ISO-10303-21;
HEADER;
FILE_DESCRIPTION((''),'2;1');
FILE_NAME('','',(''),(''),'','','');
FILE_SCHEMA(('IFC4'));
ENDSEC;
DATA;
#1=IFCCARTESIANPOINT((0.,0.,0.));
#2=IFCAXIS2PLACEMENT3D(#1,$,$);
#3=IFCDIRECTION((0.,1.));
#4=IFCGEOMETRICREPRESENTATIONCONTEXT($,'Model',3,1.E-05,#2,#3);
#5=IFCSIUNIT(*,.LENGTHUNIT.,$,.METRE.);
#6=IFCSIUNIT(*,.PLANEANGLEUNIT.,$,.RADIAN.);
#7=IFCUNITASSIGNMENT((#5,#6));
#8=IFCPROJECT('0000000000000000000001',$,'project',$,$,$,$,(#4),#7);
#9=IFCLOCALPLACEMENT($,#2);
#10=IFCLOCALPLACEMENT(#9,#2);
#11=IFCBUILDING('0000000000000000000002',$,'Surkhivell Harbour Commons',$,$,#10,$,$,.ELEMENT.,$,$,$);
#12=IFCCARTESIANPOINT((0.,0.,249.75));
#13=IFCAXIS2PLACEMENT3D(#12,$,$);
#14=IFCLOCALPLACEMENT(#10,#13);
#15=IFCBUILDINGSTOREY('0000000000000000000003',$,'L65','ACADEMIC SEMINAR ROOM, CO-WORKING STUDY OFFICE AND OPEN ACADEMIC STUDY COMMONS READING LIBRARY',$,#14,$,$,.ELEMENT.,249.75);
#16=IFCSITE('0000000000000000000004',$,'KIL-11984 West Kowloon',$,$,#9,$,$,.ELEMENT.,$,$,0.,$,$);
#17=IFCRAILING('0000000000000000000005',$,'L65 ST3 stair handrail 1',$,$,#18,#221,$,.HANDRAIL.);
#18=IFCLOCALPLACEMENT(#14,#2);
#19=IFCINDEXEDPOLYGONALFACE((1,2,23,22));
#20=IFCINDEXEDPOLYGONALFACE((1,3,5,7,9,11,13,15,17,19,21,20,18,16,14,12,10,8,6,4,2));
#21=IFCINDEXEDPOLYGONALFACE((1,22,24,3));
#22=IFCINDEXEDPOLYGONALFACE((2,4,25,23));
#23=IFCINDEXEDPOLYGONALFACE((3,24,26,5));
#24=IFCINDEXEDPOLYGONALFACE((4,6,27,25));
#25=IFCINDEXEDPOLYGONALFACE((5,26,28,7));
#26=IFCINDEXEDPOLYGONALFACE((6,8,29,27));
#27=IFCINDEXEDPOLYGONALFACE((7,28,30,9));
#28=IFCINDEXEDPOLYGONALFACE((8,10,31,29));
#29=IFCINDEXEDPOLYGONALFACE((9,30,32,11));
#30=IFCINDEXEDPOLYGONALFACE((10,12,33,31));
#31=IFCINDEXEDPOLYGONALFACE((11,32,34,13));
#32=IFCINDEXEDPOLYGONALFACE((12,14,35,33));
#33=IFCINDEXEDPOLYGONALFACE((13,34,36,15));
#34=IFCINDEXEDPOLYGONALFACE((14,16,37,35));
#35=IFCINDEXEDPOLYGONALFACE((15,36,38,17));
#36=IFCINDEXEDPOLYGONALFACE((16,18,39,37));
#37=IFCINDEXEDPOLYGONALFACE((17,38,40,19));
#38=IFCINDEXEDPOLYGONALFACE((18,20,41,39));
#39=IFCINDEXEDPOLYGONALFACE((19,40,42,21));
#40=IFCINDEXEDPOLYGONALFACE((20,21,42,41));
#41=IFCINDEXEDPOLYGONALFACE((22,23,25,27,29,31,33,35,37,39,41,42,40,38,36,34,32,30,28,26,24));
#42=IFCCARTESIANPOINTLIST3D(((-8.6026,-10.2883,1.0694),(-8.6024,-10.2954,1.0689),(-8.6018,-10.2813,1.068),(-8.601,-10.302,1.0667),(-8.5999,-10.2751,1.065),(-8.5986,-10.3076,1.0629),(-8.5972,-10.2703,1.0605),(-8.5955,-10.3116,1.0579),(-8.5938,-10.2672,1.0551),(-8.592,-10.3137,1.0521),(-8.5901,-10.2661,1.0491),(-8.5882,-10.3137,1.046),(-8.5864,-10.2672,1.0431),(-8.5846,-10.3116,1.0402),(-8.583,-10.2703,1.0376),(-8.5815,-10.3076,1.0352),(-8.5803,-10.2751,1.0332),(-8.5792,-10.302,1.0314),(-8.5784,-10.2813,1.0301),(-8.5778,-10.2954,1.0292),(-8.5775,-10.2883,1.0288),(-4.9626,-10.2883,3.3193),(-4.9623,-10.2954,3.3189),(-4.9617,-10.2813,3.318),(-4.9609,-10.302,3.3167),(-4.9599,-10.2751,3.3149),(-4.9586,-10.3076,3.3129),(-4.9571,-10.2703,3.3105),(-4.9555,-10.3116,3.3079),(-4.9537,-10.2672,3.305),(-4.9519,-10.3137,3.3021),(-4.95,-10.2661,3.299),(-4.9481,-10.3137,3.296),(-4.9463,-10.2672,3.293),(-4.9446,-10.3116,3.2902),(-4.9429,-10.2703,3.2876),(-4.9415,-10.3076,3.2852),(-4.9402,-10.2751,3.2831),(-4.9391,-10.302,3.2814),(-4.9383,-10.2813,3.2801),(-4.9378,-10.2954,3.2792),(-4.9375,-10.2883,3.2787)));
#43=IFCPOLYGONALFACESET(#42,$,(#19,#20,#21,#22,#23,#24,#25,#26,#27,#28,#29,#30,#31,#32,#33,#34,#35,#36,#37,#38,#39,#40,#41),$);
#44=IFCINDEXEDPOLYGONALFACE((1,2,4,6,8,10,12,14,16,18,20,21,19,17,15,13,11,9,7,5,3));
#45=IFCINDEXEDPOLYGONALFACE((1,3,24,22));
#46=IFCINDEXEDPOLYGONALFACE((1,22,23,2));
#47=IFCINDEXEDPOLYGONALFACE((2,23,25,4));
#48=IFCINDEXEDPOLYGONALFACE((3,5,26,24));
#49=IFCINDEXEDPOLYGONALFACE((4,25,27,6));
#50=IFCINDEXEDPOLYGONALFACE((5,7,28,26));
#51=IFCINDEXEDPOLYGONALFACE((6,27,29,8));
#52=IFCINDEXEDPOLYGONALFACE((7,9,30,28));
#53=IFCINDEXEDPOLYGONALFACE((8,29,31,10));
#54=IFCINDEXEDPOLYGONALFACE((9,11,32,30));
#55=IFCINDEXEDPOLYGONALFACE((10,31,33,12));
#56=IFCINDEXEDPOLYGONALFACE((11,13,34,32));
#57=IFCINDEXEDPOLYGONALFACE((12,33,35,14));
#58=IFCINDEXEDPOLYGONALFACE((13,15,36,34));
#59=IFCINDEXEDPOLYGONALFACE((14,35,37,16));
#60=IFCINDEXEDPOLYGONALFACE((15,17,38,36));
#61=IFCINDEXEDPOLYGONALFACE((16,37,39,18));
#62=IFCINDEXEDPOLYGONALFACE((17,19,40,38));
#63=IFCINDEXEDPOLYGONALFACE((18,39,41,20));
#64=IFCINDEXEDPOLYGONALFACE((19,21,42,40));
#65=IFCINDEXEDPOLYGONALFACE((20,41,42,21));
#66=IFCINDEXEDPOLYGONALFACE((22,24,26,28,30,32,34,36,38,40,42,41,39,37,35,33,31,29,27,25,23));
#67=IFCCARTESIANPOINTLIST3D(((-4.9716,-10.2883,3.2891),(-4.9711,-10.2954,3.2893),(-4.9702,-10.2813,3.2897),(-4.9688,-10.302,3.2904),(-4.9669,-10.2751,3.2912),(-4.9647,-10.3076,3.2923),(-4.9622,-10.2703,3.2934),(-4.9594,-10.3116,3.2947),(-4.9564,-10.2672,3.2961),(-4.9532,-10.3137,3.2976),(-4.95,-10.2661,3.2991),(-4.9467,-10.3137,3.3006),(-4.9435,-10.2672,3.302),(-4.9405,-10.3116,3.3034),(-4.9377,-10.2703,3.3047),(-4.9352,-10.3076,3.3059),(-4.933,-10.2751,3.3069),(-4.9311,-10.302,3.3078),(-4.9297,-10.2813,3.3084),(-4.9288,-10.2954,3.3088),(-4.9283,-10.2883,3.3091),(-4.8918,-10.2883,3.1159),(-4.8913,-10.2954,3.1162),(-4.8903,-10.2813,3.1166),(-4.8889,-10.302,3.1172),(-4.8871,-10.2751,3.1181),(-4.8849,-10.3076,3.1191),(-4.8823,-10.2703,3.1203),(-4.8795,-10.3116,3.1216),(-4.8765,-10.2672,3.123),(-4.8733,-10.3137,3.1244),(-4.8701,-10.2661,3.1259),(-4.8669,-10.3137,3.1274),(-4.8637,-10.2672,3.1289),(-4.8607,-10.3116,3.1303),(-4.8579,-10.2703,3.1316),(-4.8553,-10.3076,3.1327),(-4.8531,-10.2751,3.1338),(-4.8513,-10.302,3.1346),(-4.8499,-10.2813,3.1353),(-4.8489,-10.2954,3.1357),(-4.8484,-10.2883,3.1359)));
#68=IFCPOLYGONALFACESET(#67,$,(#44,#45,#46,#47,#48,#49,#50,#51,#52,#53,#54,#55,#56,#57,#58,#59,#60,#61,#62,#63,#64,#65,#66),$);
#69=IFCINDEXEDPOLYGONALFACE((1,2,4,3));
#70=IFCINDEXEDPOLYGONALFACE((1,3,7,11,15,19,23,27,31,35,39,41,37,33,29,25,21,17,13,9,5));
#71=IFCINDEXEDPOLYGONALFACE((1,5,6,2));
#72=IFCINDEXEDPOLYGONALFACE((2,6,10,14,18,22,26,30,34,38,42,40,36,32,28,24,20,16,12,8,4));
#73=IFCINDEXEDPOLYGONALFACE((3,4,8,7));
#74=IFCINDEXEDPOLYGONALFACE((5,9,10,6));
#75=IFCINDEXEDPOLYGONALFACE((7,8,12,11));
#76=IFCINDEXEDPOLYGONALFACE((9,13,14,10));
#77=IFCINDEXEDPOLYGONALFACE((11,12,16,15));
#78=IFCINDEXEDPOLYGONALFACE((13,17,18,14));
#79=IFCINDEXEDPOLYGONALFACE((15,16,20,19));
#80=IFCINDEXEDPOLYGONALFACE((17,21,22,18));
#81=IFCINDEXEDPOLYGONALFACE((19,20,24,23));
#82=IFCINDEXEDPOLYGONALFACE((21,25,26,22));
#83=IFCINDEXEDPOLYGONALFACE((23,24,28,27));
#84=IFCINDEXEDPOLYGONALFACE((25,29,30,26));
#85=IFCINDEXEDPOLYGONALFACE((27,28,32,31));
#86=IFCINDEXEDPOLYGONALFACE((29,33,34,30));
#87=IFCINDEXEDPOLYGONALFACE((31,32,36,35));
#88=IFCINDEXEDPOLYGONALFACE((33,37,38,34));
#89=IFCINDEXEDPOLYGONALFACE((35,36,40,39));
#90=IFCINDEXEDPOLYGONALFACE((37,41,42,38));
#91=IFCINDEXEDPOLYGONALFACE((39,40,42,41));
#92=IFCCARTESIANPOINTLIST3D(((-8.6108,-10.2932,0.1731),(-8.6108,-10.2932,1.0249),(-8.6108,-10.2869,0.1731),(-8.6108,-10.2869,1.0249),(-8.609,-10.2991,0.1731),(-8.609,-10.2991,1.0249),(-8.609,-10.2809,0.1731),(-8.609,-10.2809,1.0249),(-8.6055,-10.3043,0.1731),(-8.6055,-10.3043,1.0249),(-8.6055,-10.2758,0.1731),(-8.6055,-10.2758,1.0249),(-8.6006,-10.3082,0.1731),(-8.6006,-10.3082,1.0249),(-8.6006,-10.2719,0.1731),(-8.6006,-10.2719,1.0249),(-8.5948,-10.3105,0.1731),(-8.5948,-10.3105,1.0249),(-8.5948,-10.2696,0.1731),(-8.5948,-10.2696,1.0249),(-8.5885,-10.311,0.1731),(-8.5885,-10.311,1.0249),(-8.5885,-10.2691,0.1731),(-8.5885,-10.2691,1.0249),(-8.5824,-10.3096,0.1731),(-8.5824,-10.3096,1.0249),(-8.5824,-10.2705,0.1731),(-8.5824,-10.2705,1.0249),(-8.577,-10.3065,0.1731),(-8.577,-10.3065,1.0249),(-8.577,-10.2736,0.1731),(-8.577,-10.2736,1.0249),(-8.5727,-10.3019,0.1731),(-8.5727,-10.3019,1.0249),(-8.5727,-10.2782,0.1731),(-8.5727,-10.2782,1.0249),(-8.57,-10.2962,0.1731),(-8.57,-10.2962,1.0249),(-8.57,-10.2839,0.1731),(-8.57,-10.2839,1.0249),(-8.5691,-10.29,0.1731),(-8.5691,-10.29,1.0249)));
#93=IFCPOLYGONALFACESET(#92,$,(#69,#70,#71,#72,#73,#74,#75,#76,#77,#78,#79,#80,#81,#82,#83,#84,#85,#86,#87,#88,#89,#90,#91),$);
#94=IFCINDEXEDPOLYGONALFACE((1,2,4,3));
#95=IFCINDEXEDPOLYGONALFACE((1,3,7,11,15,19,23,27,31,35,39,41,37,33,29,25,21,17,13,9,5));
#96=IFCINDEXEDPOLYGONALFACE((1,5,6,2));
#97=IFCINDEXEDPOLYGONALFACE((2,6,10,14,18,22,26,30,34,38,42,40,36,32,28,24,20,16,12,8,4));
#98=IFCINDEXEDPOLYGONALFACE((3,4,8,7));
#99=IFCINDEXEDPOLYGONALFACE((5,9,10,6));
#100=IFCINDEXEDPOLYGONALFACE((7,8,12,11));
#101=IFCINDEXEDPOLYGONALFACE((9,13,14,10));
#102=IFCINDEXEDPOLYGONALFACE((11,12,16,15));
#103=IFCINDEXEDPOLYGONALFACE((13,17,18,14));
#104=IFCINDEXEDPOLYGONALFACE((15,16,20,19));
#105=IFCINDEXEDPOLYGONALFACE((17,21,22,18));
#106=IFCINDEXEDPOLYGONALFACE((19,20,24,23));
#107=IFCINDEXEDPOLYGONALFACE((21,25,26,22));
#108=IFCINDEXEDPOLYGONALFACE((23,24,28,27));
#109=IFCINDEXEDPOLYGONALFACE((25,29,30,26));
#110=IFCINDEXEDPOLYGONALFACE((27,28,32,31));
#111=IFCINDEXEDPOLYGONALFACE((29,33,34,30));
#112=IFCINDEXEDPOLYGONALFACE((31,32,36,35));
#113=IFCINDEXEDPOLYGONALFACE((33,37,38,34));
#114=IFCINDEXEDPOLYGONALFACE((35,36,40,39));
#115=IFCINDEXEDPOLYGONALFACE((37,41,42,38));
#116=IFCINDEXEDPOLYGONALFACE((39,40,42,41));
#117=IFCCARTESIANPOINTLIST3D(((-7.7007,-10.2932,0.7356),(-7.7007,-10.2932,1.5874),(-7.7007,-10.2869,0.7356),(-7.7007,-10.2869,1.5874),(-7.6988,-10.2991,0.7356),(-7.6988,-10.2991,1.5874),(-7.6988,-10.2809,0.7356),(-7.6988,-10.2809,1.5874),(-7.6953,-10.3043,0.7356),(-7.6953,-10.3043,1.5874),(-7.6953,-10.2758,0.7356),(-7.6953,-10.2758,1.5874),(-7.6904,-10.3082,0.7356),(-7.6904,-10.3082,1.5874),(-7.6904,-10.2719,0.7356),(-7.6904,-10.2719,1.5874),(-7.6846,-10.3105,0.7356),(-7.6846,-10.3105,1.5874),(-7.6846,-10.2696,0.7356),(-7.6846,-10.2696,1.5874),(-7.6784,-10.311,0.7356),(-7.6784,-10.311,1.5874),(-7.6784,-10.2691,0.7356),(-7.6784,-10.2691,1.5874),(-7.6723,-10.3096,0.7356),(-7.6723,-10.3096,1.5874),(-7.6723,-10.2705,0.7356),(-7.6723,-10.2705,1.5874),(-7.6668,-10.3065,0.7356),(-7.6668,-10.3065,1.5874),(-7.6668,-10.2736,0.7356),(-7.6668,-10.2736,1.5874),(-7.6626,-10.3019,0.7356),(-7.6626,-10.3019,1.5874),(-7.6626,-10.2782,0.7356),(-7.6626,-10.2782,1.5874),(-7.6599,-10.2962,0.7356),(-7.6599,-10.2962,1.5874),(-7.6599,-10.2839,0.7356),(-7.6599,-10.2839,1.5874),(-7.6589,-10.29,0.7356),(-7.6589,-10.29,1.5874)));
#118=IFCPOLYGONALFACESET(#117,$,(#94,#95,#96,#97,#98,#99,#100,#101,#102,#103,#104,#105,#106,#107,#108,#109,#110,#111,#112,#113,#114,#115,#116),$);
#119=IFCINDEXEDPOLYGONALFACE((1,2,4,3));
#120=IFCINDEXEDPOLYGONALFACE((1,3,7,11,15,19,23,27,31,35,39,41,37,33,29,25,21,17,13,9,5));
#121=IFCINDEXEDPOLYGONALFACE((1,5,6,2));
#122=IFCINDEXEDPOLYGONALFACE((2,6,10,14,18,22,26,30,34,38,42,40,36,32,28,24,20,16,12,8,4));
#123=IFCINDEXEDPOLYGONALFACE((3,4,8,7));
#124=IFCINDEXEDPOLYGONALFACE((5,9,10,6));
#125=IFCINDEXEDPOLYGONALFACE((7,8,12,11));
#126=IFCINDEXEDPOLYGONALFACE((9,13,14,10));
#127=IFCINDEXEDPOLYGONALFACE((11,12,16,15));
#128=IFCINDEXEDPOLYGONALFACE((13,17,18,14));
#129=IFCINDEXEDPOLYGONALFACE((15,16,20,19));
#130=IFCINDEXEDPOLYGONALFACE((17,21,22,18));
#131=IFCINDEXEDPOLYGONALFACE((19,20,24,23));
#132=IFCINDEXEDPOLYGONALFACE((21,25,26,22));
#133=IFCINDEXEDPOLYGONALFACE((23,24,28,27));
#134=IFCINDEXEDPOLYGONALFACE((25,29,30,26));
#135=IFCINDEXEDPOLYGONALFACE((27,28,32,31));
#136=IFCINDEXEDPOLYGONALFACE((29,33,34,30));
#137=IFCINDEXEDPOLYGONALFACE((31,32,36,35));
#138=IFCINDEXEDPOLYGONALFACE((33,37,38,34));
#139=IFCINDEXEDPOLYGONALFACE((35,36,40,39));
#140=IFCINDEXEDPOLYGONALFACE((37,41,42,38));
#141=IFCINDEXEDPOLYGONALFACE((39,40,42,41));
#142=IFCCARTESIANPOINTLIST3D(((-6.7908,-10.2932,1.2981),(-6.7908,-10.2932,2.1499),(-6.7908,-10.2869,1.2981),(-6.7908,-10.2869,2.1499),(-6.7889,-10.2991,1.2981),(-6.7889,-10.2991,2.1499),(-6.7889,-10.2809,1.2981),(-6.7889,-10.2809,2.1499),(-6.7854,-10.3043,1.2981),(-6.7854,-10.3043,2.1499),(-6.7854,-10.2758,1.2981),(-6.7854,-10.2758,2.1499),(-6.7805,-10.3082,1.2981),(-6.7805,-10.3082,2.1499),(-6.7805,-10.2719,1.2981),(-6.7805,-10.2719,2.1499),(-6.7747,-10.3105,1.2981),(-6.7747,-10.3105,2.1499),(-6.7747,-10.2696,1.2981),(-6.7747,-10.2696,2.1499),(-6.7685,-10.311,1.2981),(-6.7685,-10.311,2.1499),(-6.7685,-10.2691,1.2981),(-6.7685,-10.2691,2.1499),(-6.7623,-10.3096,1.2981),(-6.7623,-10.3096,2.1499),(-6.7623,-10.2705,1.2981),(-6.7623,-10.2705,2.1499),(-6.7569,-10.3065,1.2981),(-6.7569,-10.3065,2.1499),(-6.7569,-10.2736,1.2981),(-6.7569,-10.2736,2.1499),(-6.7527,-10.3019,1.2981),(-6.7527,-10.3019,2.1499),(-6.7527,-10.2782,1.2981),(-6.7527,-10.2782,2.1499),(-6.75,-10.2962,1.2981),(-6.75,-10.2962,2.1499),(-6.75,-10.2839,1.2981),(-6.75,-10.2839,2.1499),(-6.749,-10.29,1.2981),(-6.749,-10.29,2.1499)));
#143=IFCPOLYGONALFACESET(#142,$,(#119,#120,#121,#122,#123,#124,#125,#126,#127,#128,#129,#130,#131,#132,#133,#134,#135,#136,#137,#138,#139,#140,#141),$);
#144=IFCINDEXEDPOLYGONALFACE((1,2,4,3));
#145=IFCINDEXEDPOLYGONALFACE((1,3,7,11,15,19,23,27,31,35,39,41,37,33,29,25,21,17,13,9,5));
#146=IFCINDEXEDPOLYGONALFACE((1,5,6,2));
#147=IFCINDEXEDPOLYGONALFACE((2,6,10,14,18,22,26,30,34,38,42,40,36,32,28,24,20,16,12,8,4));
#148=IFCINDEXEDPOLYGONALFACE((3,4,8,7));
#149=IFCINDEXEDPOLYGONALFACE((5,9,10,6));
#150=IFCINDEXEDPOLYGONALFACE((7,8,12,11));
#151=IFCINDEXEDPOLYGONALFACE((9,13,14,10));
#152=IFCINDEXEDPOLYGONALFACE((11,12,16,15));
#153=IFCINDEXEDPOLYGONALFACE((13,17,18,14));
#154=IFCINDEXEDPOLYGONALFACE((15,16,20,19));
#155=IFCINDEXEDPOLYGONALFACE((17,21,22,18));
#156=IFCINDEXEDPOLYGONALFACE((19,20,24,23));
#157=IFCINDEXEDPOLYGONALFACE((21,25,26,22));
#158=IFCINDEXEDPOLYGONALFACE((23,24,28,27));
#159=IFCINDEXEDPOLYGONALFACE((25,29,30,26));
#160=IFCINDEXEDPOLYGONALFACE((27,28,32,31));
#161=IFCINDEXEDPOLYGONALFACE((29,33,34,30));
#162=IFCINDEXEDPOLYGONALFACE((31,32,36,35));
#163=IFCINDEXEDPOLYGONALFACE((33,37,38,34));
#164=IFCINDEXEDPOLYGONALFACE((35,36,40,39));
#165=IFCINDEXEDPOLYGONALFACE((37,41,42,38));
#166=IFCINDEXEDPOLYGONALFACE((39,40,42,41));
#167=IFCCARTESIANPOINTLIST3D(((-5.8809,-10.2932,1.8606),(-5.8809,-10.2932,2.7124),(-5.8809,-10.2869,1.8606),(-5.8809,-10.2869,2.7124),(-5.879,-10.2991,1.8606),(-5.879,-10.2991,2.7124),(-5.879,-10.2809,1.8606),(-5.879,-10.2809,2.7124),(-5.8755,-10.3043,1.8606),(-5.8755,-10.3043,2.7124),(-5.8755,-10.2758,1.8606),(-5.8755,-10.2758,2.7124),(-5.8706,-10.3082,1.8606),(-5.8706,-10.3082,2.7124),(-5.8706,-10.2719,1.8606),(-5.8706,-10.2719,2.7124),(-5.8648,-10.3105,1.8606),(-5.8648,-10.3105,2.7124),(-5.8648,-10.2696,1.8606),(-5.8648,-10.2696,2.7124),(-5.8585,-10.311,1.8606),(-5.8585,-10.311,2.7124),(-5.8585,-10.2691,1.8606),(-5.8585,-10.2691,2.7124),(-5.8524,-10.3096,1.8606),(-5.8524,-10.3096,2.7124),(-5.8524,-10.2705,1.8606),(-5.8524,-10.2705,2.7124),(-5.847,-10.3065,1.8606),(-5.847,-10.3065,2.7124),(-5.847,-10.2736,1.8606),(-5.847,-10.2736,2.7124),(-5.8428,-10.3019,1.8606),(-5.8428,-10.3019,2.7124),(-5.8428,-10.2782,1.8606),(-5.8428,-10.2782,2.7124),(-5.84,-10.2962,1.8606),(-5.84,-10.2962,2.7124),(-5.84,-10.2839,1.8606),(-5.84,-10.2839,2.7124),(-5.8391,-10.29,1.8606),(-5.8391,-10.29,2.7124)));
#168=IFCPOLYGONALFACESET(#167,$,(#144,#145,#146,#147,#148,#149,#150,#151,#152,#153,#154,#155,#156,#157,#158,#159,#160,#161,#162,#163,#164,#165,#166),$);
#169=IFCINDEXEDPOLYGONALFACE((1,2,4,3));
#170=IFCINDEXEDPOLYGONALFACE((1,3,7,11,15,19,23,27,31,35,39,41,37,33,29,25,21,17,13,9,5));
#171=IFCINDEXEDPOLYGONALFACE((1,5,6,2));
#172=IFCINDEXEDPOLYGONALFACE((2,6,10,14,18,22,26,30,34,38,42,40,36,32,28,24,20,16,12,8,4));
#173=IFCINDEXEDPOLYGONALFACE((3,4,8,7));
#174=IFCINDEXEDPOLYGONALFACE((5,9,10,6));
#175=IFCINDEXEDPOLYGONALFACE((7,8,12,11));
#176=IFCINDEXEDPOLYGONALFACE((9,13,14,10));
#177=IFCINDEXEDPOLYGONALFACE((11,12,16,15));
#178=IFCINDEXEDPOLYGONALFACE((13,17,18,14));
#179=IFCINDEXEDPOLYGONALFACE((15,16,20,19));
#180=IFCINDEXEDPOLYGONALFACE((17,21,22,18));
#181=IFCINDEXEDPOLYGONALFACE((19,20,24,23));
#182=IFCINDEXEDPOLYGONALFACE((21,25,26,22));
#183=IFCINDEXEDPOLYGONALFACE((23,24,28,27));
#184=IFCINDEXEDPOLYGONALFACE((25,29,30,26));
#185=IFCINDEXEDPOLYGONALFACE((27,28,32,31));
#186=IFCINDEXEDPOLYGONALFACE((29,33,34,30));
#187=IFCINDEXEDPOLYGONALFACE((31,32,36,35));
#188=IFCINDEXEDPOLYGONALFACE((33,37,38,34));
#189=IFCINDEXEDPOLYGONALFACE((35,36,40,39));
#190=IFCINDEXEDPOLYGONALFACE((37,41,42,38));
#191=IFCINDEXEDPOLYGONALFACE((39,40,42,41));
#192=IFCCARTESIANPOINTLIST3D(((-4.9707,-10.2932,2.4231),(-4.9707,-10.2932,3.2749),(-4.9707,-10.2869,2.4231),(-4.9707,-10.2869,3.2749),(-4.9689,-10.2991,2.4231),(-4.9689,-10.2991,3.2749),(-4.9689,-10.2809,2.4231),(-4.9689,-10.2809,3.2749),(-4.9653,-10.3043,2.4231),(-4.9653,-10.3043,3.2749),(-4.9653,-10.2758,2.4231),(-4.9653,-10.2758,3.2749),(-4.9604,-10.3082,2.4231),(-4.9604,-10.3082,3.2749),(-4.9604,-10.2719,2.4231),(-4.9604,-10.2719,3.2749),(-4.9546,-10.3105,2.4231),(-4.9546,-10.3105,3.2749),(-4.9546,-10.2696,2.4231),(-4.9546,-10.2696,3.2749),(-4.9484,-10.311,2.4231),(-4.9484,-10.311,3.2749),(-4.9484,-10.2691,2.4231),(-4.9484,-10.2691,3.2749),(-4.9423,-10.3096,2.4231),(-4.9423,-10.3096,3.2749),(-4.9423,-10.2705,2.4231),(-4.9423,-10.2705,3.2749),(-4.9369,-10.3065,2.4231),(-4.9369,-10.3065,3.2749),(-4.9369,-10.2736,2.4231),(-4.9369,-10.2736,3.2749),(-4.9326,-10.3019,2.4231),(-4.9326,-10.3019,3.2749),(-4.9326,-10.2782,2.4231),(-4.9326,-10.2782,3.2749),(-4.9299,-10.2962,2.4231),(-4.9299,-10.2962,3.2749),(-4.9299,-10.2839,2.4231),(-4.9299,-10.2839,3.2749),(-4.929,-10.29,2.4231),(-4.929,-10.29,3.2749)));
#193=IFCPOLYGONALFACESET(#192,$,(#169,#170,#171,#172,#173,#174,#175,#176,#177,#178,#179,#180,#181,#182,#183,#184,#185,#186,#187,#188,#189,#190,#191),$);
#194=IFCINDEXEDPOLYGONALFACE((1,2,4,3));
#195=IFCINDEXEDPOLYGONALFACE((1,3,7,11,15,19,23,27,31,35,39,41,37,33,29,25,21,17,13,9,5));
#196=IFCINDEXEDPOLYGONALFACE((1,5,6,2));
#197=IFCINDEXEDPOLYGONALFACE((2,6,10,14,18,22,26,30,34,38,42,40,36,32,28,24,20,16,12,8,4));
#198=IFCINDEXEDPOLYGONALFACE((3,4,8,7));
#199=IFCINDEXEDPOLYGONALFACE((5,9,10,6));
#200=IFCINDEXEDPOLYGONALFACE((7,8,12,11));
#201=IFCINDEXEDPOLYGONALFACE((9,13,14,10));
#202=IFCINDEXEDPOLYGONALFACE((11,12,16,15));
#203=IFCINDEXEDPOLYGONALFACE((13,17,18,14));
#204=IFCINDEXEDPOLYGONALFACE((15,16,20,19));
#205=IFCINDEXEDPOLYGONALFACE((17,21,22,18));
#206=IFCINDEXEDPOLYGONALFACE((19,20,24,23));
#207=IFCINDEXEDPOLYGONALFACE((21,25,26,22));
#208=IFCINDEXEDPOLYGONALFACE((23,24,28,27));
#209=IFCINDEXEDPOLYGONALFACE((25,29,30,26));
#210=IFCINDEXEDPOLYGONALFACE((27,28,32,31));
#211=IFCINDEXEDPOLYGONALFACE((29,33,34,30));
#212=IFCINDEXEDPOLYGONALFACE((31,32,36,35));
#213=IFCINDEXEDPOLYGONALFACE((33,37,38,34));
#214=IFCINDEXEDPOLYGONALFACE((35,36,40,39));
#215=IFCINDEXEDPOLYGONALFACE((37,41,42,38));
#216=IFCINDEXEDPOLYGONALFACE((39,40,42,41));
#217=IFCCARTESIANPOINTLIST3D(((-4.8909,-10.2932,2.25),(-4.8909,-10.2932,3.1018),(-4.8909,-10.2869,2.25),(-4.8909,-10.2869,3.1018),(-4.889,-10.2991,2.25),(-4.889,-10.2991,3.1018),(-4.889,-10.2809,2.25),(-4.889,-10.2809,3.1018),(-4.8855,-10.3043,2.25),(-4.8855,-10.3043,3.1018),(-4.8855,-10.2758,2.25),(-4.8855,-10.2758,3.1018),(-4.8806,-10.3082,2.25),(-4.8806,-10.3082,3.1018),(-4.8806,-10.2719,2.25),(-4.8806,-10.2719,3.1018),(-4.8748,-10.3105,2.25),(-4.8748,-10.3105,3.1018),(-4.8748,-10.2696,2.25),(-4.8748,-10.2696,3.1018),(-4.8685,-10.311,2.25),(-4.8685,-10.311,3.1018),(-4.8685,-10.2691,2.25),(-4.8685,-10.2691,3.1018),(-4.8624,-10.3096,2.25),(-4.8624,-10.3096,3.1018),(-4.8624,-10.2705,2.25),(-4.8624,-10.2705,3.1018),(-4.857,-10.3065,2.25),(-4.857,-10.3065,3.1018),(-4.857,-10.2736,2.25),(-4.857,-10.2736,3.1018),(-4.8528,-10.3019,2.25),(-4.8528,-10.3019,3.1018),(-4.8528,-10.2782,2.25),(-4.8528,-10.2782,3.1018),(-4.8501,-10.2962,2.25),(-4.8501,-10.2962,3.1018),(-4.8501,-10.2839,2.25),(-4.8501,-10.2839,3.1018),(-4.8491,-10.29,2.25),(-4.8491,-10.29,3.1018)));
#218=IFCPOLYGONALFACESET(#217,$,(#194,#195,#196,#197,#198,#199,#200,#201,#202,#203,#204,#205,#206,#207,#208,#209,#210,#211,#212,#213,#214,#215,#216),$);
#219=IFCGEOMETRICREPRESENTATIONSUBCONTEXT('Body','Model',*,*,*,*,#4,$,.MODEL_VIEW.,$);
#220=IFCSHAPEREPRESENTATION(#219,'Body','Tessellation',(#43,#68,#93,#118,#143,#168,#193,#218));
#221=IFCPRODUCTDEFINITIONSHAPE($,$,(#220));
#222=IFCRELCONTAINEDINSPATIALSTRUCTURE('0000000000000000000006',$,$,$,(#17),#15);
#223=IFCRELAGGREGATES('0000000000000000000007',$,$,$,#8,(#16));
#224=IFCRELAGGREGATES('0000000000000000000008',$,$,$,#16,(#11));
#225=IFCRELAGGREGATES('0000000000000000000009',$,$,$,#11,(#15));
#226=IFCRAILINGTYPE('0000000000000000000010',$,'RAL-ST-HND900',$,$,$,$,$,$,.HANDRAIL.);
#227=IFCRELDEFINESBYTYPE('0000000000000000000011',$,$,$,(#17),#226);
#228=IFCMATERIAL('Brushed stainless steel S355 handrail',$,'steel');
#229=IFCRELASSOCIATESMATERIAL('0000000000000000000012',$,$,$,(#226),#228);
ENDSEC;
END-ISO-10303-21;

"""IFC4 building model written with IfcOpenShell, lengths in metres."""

from ifc_helpers import new_model, si_unit, direction, frame, origin, origin_2d, place, context, subcontext, project, spatial, circle, extrude, material, type_object, element, save


model = new_model("IFC4")

# Units and contexts
model_context = context("Model", 3, precision=1e-05, world=origin(), true_north=direction((0.0, 1.0)))
body_context = subcontext(model_context, "Body", "Model", "MODEL_VIEW")
ifc_project = project(units=[si_unit("LENGTHUNIT", "METRE"), si_unit("PLANEANGLEUNIT", "RADIAN")], contexts=[model_context])

# Site, building, storey
site_placement = place(None, origin())
site = spatial("IfcSite", under=ifc_project, at=site_placement, Name="KIL-11984 West Kowloon", CompositionType="ELEMENT", RefElevation=0.0)
building_placement = place(site_placement, origin())
building = spatial("IfcBuilding", under=site, at=building_placement, Name="Surkhivell Harbour Commons", CompositionType="ELEMENT")
storey_placement = place(building_placement, frame((0.0, 0.0, 249.75)))
storey = spatial("IfcBuildingStorey", under=building, at=storey_placement, Name="L65", Description="ACADEMIC SEMINAR ROOM, CO-WORKING STUDY OFFICE AND OPEN ACADEMIC STUDY COMMONS READING LIBRARY", CompositionType="ELEMENT", Elevation=249.75)

# Railing
ifc_material_1 = material(Name="Brushed stainless steel S355 handrail", Category="steel")
railing_type_1 = type_object("IfcRailingType", Name="RAL-ST-HND900", PredefinedType="HANDRAIL", material=ifc_material_1)
railing_1_placement = place(storey_placement, frame((-8.5901, -10.29, 0.1731)))
element("IfcRailing", 1, at=railing_1_placement, inside=storey, type_object=railing_type_1, Name="L65 ST3 stair handrail 1", PredefinedType="HANDRAIL", context=body_context, shape_type="SweptSolid", body=[
    extrude(circle(Radius=0.0239, at=origin_2d()), frame((0.0, 0.0, 0.876), z_axis=(0.850622, 0.0, 0.525777), x_axis=(0.0, 1.0, 0.0)), (0.0, 0.0, 1.0), 4.2793),
    extrude(circle(Radius=0.0239, at=origin_2d()), frame((3.6401, 0.0, 3.126), z_axis=(0.418815, 0.0, -0.908072), x_axis=(0.0, 1.0, 0.0)), (0.0, 0.0, 1.0), 0.1907),
    extrude(circle(Radius=0.021, at=origin_2d()), origin(), (0.0, 0.0, 1.0), 0.8518),
    extrude(circle(Radius=0.021, at=origin_2d()), frame((0.9102, 0.0, 0.5625)), (0.0, 0.0, 1.0), 0.8518),
    extrude(circle(Radius=0.021, at=origin_2d()), frame((1.8201, 0.0, 1.125)), (0.0, 0.0, 1.0), 0.8518),
    extrude(circle(Radius=0.021, at=origin_2d()), frame((2.73, 0.0, 1.6875)), (0.0, 0.0, 1.0), 0.8518),
    extrude(circle(Radius=0.021, at=origin_2d()), frame((3.6401, 0.0, 2.25)), (0.0, 0.0, 1.0), 0.8518),
    extrude(circle(Radius=0.021, at=origin_2d()), frame((3.72, 0.0, 2.0769)), (0.0, 0.0, 1.0), 0.8518),
])

save(model, "model.ifc")
